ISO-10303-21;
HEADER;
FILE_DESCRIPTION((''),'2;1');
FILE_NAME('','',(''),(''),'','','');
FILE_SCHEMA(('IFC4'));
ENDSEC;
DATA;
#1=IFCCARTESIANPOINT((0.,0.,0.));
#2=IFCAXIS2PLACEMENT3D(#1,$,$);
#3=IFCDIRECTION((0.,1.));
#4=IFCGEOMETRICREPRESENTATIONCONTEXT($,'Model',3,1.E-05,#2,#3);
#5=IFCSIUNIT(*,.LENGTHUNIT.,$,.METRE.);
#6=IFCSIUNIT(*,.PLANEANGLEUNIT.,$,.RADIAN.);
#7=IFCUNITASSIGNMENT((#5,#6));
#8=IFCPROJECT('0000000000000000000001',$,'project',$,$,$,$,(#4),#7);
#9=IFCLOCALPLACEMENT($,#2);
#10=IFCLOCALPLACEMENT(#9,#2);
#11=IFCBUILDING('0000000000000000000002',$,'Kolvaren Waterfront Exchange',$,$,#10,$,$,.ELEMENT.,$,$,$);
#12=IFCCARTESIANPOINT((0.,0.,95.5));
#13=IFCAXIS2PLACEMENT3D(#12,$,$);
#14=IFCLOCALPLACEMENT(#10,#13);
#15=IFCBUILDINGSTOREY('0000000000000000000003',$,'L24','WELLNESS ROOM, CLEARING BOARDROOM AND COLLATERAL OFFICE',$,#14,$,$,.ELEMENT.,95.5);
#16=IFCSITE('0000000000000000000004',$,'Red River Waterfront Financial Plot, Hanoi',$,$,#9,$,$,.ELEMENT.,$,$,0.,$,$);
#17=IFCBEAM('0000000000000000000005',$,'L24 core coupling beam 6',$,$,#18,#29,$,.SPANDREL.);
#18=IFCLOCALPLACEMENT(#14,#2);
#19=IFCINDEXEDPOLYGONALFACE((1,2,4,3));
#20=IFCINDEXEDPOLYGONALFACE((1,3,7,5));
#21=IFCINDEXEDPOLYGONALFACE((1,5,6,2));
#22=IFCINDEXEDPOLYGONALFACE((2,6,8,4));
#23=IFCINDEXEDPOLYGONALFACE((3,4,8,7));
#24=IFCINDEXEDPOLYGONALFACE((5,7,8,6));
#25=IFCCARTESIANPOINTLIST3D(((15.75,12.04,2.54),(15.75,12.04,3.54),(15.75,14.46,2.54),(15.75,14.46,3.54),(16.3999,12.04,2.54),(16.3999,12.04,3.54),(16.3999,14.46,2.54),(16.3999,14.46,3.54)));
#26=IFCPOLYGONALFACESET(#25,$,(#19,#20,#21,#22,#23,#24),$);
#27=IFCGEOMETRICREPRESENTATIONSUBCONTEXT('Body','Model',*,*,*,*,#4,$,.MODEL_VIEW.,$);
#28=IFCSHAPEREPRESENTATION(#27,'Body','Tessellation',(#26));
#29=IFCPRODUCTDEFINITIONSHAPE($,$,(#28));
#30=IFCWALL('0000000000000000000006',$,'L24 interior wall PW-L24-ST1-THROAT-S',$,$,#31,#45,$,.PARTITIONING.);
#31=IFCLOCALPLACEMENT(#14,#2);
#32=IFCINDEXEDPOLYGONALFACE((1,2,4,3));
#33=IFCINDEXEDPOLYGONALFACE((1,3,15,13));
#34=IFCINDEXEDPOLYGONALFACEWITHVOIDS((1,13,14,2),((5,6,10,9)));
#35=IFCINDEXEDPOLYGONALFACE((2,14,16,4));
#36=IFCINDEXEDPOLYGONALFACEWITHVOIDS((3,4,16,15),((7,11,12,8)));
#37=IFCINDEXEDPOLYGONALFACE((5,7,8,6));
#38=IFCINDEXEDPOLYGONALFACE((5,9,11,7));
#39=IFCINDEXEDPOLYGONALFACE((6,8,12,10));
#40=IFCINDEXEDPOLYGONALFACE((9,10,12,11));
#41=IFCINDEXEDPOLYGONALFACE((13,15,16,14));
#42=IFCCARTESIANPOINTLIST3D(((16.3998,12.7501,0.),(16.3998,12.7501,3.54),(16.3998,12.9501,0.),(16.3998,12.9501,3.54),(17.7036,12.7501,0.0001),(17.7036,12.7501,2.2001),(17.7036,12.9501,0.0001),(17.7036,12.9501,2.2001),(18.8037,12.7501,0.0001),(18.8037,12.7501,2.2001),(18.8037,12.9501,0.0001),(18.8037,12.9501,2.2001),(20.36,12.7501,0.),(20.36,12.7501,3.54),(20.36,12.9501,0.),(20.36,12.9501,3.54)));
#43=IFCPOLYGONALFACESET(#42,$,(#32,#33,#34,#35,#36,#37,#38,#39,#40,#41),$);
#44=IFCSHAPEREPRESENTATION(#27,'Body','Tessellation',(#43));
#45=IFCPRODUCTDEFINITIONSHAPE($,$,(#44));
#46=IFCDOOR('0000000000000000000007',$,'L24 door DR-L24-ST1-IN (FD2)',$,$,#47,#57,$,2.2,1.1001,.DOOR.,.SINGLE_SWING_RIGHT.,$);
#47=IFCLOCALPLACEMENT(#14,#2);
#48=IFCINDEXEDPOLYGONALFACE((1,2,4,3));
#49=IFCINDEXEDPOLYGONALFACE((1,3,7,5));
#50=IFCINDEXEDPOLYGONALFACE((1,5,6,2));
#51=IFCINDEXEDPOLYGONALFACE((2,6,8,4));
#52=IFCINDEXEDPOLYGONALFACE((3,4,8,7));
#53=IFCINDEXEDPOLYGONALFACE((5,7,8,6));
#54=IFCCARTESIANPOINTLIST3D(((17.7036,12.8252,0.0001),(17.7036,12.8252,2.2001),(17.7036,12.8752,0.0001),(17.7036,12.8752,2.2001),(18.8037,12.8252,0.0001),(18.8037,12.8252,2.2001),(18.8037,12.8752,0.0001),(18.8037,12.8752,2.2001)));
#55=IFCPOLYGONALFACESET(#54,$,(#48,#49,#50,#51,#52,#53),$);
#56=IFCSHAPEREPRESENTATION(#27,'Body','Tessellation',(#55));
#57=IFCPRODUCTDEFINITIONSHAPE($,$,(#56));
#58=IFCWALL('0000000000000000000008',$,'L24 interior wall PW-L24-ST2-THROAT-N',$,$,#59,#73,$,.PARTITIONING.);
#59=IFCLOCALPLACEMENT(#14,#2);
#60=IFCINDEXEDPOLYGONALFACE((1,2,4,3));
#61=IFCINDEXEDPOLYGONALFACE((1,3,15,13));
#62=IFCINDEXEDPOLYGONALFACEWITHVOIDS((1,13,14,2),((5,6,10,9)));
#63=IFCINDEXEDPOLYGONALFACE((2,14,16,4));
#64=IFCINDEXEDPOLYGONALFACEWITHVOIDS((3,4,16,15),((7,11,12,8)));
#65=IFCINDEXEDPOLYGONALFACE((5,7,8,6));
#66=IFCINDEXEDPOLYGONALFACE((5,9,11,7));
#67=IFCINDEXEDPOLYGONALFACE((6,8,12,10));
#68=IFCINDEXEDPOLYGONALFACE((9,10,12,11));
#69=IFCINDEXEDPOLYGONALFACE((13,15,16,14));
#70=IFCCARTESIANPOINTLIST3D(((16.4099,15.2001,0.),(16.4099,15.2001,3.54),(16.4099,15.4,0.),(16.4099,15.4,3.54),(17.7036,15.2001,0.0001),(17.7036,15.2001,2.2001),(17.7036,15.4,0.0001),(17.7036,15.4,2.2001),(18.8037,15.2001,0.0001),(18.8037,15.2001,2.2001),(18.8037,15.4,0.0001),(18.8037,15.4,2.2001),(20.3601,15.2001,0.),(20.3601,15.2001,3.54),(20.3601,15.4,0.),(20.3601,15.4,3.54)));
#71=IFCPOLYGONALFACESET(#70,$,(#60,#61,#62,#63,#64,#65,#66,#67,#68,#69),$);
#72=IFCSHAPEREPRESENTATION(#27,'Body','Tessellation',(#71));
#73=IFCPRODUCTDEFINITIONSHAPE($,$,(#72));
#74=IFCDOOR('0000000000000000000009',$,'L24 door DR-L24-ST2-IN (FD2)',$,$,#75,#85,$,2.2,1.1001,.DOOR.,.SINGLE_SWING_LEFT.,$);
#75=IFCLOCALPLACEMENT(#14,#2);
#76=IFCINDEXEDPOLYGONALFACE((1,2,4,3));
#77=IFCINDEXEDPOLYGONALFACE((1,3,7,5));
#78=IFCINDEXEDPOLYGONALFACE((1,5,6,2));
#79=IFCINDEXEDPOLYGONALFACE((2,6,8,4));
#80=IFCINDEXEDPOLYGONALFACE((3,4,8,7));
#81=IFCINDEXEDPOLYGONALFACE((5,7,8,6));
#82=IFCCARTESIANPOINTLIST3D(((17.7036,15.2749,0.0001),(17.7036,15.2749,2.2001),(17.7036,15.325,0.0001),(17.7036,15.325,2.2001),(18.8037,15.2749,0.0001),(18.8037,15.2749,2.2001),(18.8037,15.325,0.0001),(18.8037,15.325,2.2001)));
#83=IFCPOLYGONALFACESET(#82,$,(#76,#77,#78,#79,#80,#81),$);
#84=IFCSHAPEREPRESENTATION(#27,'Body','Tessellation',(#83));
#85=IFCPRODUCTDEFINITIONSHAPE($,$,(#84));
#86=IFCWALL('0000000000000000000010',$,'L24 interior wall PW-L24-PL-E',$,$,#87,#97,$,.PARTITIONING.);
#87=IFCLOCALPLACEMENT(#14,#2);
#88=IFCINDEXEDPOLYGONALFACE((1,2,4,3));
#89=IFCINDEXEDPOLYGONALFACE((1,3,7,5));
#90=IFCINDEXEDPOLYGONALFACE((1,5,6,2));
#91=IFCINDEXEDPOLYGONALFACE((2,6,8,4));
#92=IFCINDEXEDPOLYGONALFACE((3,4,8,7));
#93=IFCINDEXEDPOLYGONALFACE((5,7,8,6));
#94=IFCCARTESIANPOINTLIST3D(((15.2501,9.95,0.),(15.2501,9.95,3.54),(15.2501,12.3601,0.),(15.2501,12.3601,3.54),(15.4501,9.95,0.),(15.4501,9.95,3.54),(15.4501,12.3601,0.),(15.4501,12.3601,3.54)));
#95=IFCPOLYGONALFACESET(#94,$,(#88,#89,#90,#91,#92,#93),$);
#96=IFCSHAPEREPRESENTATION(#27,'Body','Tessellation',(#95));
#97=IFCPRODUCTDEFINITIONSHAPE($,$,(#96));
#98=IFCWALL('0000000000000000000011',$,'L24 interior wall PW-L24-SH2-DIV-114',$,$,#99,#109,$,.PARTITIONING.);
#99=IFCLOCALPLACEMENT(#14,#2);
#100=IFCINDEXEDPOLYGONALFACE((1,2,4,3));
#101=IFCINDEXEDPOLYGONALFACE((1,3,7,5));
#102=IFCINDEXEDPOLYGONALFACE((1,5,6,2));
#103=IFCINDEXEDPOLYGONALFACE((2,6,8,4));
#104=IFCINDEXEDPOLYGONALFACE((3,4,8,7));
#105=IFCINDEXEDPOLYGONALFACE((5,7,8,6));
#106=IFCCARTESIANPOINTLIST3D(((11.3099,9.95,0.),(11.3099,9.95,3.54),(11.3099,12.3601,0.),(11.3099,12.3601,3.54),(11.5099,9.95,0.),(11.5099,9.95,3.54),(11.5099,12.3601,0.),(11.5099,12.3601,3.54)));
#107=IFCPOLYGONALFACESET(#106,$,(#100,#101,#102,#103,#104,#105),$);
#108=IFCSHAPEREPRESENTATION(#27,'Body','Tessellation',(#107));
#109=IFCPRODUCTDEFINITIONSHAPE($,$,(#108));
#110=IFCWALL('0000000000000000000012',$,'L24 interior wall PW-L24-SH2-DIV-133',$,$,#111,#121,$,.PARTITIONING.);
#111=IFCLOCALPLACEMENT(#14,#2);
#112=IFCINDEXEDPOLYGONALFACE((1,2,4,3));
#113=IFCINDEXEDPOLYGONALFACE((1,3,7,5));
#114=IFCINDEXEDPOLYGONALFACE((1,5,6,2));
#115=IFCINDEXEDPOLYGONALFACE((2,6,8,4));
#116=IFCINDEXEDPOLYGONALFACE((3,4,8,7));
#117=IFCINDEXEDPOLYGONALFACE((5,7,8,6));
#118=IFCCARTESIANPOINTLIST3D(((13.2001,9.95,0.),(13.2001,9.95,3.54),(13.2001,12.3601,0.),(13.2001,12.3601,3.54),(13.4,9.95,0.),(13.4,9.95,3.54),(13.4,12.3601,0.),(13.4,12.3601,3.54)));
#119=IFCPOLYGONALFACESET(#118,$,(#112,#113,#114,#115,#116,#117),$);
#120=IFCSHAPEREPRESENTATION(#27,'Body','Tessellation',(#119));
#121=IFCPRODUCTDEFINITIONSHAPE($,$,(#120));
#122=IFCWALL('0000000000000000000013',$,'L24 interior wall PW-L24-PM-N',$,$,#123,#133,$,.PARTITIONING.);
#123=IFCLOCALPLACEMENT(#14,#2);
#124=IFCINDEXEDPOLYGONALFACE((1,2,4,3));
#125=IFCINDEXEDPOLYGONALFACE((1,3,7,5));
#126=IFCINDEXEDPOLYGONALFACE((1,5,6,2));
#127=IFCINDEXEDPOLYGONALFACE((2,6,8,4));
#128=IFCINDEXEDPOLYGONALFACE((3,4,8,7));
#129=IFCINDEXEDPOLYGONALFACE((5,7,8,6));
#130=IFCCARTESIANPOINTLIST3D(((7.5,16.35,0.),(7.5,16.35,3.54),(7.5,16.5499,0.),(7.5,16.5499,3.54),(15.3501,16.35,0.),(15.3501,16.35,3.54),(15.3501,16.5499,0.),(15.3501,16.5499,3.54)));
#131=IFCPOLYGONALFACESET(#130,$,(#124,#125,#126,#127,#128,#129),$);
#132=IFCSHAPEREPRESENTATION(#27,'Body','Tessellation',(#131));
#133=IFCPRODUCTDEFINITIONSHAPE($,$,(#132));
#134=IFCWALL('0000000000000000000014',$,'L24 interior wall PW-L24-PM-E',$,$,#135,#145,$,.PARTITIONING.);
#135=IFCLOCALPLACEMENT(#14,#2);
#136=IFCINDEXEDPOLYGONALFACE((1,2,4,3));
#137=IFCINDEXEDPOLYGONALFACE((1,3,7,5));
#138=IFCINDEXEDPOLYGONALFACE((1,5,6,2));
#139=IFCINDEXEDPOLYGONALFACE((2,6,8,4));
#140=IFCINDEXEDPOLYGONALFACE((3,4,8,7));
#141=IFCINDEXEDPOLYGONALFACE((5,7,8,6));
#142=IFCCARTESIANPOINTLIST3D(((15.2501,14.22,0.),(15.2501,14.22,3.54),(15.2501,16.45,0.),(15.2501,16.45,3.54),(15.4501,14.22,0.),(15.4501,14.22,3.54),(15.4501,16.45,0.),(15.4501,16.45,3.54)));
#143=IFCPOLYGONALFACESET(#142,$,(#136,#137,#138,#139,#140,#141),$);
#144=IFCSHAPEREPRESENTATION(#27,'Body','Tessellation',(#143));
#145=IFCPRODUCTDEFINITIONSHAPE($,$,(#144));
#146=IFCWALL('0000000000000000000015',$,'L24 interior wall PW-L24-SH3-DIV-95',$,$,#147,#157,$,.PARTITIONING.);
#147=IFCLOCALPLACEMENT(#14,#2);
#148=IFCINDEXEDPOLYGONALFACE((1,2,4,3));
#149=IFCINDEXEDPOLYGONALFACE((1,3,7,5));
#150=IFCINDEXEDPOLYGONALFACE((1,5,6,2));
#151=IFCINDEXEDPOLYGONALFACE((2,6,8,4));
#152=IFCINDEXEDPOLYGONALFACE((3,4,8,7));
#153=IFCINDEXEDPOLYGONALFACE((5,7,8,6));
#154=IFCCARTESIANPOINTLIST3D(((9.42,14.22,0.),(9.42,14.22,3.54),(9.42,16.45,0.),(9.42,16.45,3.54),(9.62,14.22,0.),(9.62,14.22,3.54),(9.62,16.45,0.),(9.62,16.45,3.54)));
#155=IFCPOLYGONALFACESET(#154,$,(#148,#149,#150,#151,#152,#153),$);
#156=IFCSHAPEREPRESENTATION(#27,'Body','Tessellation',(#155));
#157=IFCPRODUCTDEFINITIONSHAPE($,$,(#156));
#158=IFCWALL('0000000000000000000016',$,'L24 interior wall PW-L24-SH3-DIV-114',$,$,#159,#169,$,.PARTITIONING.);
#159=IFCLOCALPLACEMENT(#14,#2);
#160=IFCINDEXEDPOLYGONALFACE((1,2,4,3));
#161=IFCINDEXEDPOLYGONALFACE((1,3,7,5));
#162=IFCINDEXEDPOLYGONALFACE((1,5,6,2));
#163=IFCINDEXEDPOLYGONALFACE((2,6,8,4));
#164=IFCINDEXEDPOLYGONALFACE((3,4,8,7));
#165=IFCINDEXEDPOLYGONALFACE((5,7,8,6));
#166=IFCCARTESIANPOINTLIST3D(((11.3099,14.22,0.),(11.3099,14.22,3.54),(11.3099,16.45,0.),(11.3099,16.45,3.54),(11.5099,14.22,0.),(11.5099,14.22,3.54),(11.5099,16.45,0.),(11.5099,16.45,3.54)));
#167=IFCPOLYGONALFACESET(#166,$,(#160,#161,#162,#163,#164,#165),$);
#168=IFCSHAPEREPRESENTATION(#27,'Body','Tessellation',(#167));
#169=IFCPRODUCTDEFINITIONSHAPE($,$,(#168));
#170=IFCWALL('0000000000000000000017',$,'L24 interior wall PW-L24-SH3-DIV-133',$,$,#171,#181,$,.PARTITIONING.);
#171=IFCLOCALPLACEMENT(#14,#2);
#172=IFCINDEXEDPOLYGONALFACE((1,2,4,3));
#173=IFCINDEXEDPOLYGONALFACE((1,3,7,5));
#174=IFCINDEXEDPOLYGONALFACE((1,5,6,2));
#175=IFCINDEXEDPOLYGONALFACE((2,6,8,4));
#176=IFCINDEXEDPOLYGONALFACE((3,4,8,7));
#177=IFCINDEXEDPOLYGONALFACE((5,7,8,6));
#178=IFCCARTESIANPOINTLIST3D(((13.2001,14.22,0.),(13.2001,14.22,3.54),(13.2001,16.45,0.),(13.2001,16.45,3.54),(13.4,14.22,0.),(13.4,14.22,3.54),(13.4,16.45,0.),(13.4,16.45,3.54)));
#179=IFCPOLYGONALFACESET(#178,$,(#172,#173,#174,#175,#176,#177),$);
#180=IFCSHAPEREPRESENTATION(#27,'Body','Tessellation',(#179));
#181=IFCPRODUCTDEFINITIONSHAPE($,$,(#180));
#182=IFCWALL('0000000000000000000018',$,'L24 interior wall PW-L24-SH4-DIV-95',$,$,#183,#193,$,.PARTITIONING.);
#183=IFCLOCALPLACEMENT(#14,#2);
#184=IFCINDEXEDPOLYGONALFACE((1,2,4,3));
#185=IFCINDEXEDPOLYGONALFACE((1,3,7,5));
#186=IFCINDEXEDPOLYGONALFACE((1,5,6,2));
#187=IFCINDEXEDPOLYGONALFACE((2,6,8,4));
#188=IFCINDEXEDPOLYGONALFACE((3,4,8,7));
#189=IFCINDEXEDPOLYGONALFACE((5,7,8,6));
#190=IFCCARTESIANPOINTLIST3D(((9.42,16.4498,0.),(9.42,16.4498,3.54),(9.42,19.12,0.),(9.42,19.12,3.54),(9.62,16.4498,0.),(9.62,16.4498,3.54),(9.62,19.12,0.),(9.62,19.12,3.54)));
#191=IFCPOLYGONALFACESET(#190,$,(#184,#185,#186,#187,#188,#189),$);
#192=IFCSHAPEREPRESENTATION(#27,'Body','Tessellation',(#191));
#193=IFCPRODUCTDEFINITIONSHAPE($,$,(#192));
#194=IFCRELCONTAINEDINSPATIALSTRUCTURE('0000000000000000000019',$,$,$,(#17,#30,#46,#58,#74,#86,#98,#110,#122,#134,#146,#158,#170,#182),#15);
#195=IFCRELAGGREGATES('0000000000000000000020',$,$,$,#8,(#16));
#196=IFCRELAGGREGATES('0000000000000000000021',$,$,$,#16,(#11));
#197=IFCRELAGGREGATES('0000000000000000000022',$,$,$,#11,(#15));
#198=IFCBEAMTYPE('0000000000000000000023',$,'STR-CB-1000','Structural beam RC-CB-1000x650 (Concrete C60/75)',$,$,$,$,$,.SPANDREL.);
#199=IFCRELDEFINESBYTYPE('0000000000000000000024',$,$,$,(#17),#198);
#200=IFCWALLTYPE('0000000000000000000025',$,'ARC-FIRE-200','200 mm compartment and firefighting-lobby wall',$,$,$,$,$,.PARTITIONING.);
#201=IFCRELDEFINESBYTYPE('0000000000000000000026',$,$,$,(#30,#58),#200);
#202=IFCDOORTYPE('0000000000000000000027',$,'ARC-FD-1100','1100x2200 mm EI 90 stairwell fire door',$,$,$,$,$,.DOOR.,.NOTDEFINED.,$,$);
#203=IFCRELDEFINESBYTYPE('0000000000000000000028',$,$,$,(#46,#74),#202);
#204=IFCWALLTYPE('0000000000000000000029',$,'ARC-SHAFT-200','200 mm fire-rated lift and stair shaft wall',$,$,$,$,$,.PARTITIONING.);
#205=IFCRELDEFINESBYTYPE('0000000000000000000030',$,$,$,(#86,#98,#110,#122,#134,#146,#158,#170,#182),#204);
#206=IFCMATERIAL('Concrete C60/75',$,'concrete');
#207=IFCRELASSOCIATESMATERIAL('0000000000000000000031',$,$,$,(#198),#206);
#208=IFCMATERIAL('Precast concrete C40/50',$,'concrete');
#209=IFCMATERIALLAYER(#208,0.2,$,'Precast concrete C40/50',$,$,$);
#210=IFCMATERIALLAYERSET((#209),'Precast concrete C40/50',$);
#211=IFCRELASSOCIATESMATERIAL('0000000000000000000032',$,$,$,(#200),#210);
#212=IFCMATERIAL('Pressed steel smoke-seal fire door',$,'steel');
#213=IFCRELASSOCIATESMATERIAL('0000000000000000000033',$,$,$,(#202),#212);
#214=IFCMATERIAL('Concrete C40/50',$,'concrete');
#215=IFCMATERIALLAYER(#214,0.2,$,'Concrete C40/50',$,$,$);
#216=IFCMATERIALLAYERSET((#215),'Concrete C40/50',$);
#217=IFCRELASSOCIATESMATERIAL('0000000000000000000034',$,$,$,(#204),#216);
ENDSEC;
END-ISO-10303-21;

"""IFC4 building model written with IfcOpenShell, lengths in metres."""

from ifc_helpers import new_model, si_unit, direction, frame, frame_2d, origin, origin_2d, place, context, subcontext, project, spatial, rectangle, extrude, material, layer, layer_set, material_profile, profile_set, type_object, element, fill, save


model = new_model("IFC4")

# Units and contexts
model_context = context("Model", 3, precision=1e-05, world=origin(), true_north=direction((0.0, 1.0)))
body_context = subcontext(model_context, "Body", "Model", "MODEL_VIEW")
ifc_project = project(units=[si_unit("LENGTHUNIT", "METRE"), si_unit("PLANEANGLEUNIT", "RADIAN")], contexts=[model_context])

# Site, building, storey
site_placement = place(None, origin())
site = spatial("IfcSite", under=ifc_project, at=site_placement, Name="Red River Waterfront Financial Plot, Hanoi", CompositionType="ELEMENT", RefElevation=0.0)
building_placement = place(site_placement, origin())
building = spatial("IfcBuilding", under=site, at=building_placement, Name="Kolvaren Waterfront Exchange", CompositionType="ELEMENT")
storey_placement = place(building_placement, frame((0.0, 0.0, 95.5)))
storey = spatial("IfcBuildingStorey", under=building, at=storey_placement, Name="L24", Description="WELLNESS ROOM, CLEARING BOARDROOM AND COLLATERAL OFFICE", CompositionType="ELEMENT", Elevation=95.5)

# Beam
ifc_material_1 = material(Name="Concrete C60/75", Category="concrete")
ifc_material_profile = material_profile(ifc_material_1, rectangle(XDim=0.6499, YDim=1.0, at=origin_2d()), Name="RC-CB-1000x650")
ifc_profile_set = profile_set([ifc_material_profile], Name="Concrete C60/75")
beam_type = type_object("IfcBeamType", Name="STR-CB-1000", Description="Structural beam RC-CB-1000x650 (Concrete C60/75)", PredefinedType="SPANDREL", material=ifc_profile_set)
beam_placement = place(storey_placement, frame((16.075, 12.04, 3.04), z_axis=(0.0, 1.0, 0.0), x_axis=(-1.0, 0.0, 0.0)))
element("IfcBeam", 1, at=beam_placement, inside=storey, type_object=beam_type, Name="L24 core coupling beam 6", PredefinedType="SPANDREL", context=body_context, shape_type="SweptSolid", body=[
    extrude(rectangle(XDim=0.6499, YDim=1.0, at=origin_2d()), origin(), (0.0, 0.0, 1.0), 2.4199),
])

# Walls, openings, doors
ifc_material_2 = material(Name="Precast concrete C40/50", Category="concrete")
ifc_layer_1 = layer(ifc_material_2, 0.2, Name="Precast concrete C40/50")
ifc_layer_set_1 = layer_set([ifc_layer_1], Name="Precast concrete C40/50")
wall_type_1 = type_object("IfcWallType", Name="ARC-FIRE-200", Description="200 mm compartment and firefighting-lobby wall", PredefinedType="PARTITIONING", material=ifc_layer_set_1)
wall_1_placement = place(storey_placement, frame((16.3999, 12.8501, 0.0), z_axis=(0.0, 0.0, 1.0), x_axis=(1.0, 0.0, 0.0)))
wall_1 = element("IfcWall", 2, at=wall_1_placement, inside=storey, type_object=wall_type_1, Name="L24 interior wall PW-L24-ST1-THROAT-S", PredefinedType="PARTITIONING", context=body_context, shape_type="SweptSolid", body=[
    extrude(rectangle(XDim=3.9602, YDim=0.2, at=frame_2d((1.98, 0.0))), origin(), (0.0, 0.0, 1.0), 3.54),
])
opening_1_placement = place(wall_1_placement, frame((1.3037, 0.0, 0.0)))
opening_1 = element("IfcOpeningElement", 3, at=opening_1_placement, cuts=wall_1, PredefinedType="OPENING", context=body_context, shape_type="SweptSolid", body=[
    extrude(rectangle(XDim=1.1001, YDim=2.2, at=frame_2d((0.55, 1.1001))), frame((0.0, 0.1099, 0.0), z_axis=(0.0, -1.0, 0.0), x_axis=(1.0, 0.0, 0.0)), (0.0, 0.0, 1.0), 0.22),
])
ifc_material_3 = material(Name="Pressed steel smoke-seal fire door", Category="steel")
door_type = type_object("IfcDoorType", Name="ARC-FD-1100", Description="1100x2200 mm EI 90 stairwell fire door", OperationType="NOTDEFINED", PredefinedType="DOOR", material=ifc_material_3)
door_1_placement = place(opening_1_placement, frame((1.1001, 0.0, 0.0), z_axis=(0.0, 0.0, 1.0), x_axis=(-1.0, 0.0, 0.0)))
door_1 = element("IfcDoor", 4, at=door_1_placement, inside=storey, type_object=door_type, Name="L24 door DR-L24-ST1-IN (FD2)", OperationType="SINGLE_SWING_RIGHT", OverallHeight=2.2, OverallWidth=1.1001, PredefinedType="DOOR", context=body_context, shape_type="SweptSolid", body=[
    extrude(rectangle(XDim=1.1001, YDim=2.2, at=frame_2d((0.55, 1.1001))), frame((0.0, 0.0249, 0.0), z_axis=(0.0, -1.0, 0.0), x_axis=(1.0, 0.0, 0.0)), (0.0, 0.0, 1.0), 0.05),
])
fill(opening_1, door_1)
wall_2_placement = place(storey_placement, frame((16.4099, 15.3, 0.0), z_axis=(0.0, 0.0, 1.0), x_axis=(1.0, 0.0, 0.0)))
wall_2 = element("IfcWall", 5, at=wall_2_placement, inside=storey, type_object=wall_type_1, Name="L24 interior wall PW-L24-ST2-THROAT-N", PredefinedType="PARTITIONING", context=body_context, shape_type="SweptSolid", body=[
    extrude(rectangle(XDim=3.9502, YDim=0.2, at=frame_2d((1.9751, 0.0))), origin(), (0.0, 0.0, 1.0), 3.54),
])
opening_2_placement = place(wall_2_placement, frame((1.2937, 0.0, 0.0)))
opening_2 = element("IfcOpeningElement", 6, at=opening_2_placement, cuts=wall_2, PredefinedType="OPENING", context=body_context, shape_type="SweptSolid", body=[
    extrude(rectangle(XDim=1.1001, YDim=2.2, at=frame_2d((0.55, 1.1001))), frame((0.0, 0.1099, 0.0), z_axis=(0.0, -1.0, 0.0), x_axis=(1.0, 0.0, 0.0)), (0.0, 0.0, 1.0), 0.22),
])
door_2_placement = place(opening_2_placement, origin())
door_2 = element("IfcDoor", 7, at=door_2_placement, inside=storey, type_object=door_type, Name="L24 door DR-L24-ST2-IN (FD2)", OperationType="SINGLE_SWING_LEFT", OverallHeight=2.2, OverallWidth=1.1001, PredefinedType="DOOR", context=body_context, shape_type="SweptSolid", body=[
    extrude(rectangle(XDim=1.1001, YDim=2.2, at=frame_2d((0.55, 1.1001))), frame((0.0, 0.0249, 0.0), z_axis=(0.0, -1.0, 0.0), x_axis=(1.0, 0.0, 0.0)), (0.0, 0.0, 1.0), 0.05),
])
fill(opening_2, door_2)

# Walls
ifc_material_4 = material(Name="Concrete C40/50", Category="concrete")
ifc_layer_2 = layer(ifc_material_4, 0.2, Name="Concrete C40/50")
ifc_layer_set_2 = layer_set([ifc_layer_2], Name="Concrete C40/50")
wall_type_2 = type_object("IfcWallType", Name="ARC-SHAFT-200", Description="200 mm fire-rated lift and stair shaft wall", PredefinedType="PARTITIONING", material=ifc_layer_set_2)
for number, where, z_axis, x_axis, name in (
    (8, (15.3501, 9.95, 0.0), (0.0, 0.0, 1.0), (0.0, 1.0, 0.0), "L24 interior wall PW-L24-PL-E"),
    (9, (11.4099, 9.95, 0.0), (0.0, 0.0, 1.0), (0.0, 1.0, 0.0), "L24 interior wall PW-L24-SH2-DIV-114"),
    (10, (13.3, 9.95, 0.0), (0.0, 0.0, 1.0), (0.0, 1.0, 0.0), "L24 interior wall PW-L24-SH2-DIV-133"),
):
    element("IfcWall", number, at=place(storey_placement, frame(where, z_axis=z_axis, x_axis=x_axis)), inside=storey, type_object=wall_type_2, Name=name, PredefinedType="PARTITIONING", context=body_context, shape_type="SweptSolid", body=[
        extrude(rectangle(XDim=2.4102, YDim=0.2, at=frame_2d((1.2051, 0.0))), origin(), (0.0, 0.0, 1.0), 3.54),
    ])
wall_3_placement = place(storey_placement, frame((7.5, 16.45, 0.0), z_axis=(0.0, 0.0, 1.0), x_axis=(1.0, 0.0, 0.0)))
element("IfcWall", 11, at=wall_3_placement, inside=storey, type_object=wall_type_2, Name="L24 interior wall PW-L24-PM-N", PredefinedType="PARTITIONING", context=body_context, shape_type="SweptSolid", body=[
    extrude(rectangle(XDim=7.8501, YDim=0.2, at=frame_2d((3.925, 0.0))), origin(), (0.0, 0.0, 1.0), 3.54),
])
for number, where, z_axis, x_axis, name in (
    (12, (15.3501, 14.22, 0.0), (0.0, 0.0, 1.0), (0.0, 1.0, 0.0), "L24 interior wall PW-L24-PM-E"),
    (13, (9.52, 14.22, 0.0), (0.0, 0.0, 1.0), (0.0, 1.0, 0.0), "L24 interior wall PW-L24-SH3-DIV-95"),
    (14, (11.4099, 14.22, 0.0), (0.0, 0.0, 1.0), (0.0, 1.0, 0.0), "L24 interior wall PW-L24-SH3-DIV-114"),
    (15, (13.3, 14.22, 0.0), (0.0, 0.0, 1.0), (0.0, 1.0, 0.0), "L24 interior wall PW-L24-SH3-DIV-133"),
):
    element("IfcWall", number, at=place(storey_placement, frame(where, z_axis=z_axis, x_axis=x_axis)), inside=storey, type_object=wall_type_2, Name=name, PredefinedType="PARTITIONING", context=body_context, shape_type="SweptSolid", body=[
        extrude(rectangle(XDim=2.23, YDim=0.2, at=frame_2d((1.115, 0.0))), origin(), (0.0, 0.0, 1.0), 3.54),
    ])
for number, where, z_axis, x_axis, name in (
    (16, (9.52, 16.45, 0.0), (0.0, 0.0, 1.0), (0.0, 1.0, 0.0), "L24 interior wall PW-L24-SH4-DIV-95"),
):
    element("IfcWall", number, at=place(storey_placement, frame(where, z_axis=z_axis, x_axis=x_axis)), inside=storey, type_object=wall_type_2, Name=name, PredefinedType="PARTITIONING", context=body_context, shape_type="SweptSolid", body=[
        extrude(rectangle(XDim=2.6702, YDim=0.2, at=frame_2d((1.335, 0.0))), origin(), (0.0, 0.0, 1.0), 3.54),
    ])

save(model, "model.ifc")
